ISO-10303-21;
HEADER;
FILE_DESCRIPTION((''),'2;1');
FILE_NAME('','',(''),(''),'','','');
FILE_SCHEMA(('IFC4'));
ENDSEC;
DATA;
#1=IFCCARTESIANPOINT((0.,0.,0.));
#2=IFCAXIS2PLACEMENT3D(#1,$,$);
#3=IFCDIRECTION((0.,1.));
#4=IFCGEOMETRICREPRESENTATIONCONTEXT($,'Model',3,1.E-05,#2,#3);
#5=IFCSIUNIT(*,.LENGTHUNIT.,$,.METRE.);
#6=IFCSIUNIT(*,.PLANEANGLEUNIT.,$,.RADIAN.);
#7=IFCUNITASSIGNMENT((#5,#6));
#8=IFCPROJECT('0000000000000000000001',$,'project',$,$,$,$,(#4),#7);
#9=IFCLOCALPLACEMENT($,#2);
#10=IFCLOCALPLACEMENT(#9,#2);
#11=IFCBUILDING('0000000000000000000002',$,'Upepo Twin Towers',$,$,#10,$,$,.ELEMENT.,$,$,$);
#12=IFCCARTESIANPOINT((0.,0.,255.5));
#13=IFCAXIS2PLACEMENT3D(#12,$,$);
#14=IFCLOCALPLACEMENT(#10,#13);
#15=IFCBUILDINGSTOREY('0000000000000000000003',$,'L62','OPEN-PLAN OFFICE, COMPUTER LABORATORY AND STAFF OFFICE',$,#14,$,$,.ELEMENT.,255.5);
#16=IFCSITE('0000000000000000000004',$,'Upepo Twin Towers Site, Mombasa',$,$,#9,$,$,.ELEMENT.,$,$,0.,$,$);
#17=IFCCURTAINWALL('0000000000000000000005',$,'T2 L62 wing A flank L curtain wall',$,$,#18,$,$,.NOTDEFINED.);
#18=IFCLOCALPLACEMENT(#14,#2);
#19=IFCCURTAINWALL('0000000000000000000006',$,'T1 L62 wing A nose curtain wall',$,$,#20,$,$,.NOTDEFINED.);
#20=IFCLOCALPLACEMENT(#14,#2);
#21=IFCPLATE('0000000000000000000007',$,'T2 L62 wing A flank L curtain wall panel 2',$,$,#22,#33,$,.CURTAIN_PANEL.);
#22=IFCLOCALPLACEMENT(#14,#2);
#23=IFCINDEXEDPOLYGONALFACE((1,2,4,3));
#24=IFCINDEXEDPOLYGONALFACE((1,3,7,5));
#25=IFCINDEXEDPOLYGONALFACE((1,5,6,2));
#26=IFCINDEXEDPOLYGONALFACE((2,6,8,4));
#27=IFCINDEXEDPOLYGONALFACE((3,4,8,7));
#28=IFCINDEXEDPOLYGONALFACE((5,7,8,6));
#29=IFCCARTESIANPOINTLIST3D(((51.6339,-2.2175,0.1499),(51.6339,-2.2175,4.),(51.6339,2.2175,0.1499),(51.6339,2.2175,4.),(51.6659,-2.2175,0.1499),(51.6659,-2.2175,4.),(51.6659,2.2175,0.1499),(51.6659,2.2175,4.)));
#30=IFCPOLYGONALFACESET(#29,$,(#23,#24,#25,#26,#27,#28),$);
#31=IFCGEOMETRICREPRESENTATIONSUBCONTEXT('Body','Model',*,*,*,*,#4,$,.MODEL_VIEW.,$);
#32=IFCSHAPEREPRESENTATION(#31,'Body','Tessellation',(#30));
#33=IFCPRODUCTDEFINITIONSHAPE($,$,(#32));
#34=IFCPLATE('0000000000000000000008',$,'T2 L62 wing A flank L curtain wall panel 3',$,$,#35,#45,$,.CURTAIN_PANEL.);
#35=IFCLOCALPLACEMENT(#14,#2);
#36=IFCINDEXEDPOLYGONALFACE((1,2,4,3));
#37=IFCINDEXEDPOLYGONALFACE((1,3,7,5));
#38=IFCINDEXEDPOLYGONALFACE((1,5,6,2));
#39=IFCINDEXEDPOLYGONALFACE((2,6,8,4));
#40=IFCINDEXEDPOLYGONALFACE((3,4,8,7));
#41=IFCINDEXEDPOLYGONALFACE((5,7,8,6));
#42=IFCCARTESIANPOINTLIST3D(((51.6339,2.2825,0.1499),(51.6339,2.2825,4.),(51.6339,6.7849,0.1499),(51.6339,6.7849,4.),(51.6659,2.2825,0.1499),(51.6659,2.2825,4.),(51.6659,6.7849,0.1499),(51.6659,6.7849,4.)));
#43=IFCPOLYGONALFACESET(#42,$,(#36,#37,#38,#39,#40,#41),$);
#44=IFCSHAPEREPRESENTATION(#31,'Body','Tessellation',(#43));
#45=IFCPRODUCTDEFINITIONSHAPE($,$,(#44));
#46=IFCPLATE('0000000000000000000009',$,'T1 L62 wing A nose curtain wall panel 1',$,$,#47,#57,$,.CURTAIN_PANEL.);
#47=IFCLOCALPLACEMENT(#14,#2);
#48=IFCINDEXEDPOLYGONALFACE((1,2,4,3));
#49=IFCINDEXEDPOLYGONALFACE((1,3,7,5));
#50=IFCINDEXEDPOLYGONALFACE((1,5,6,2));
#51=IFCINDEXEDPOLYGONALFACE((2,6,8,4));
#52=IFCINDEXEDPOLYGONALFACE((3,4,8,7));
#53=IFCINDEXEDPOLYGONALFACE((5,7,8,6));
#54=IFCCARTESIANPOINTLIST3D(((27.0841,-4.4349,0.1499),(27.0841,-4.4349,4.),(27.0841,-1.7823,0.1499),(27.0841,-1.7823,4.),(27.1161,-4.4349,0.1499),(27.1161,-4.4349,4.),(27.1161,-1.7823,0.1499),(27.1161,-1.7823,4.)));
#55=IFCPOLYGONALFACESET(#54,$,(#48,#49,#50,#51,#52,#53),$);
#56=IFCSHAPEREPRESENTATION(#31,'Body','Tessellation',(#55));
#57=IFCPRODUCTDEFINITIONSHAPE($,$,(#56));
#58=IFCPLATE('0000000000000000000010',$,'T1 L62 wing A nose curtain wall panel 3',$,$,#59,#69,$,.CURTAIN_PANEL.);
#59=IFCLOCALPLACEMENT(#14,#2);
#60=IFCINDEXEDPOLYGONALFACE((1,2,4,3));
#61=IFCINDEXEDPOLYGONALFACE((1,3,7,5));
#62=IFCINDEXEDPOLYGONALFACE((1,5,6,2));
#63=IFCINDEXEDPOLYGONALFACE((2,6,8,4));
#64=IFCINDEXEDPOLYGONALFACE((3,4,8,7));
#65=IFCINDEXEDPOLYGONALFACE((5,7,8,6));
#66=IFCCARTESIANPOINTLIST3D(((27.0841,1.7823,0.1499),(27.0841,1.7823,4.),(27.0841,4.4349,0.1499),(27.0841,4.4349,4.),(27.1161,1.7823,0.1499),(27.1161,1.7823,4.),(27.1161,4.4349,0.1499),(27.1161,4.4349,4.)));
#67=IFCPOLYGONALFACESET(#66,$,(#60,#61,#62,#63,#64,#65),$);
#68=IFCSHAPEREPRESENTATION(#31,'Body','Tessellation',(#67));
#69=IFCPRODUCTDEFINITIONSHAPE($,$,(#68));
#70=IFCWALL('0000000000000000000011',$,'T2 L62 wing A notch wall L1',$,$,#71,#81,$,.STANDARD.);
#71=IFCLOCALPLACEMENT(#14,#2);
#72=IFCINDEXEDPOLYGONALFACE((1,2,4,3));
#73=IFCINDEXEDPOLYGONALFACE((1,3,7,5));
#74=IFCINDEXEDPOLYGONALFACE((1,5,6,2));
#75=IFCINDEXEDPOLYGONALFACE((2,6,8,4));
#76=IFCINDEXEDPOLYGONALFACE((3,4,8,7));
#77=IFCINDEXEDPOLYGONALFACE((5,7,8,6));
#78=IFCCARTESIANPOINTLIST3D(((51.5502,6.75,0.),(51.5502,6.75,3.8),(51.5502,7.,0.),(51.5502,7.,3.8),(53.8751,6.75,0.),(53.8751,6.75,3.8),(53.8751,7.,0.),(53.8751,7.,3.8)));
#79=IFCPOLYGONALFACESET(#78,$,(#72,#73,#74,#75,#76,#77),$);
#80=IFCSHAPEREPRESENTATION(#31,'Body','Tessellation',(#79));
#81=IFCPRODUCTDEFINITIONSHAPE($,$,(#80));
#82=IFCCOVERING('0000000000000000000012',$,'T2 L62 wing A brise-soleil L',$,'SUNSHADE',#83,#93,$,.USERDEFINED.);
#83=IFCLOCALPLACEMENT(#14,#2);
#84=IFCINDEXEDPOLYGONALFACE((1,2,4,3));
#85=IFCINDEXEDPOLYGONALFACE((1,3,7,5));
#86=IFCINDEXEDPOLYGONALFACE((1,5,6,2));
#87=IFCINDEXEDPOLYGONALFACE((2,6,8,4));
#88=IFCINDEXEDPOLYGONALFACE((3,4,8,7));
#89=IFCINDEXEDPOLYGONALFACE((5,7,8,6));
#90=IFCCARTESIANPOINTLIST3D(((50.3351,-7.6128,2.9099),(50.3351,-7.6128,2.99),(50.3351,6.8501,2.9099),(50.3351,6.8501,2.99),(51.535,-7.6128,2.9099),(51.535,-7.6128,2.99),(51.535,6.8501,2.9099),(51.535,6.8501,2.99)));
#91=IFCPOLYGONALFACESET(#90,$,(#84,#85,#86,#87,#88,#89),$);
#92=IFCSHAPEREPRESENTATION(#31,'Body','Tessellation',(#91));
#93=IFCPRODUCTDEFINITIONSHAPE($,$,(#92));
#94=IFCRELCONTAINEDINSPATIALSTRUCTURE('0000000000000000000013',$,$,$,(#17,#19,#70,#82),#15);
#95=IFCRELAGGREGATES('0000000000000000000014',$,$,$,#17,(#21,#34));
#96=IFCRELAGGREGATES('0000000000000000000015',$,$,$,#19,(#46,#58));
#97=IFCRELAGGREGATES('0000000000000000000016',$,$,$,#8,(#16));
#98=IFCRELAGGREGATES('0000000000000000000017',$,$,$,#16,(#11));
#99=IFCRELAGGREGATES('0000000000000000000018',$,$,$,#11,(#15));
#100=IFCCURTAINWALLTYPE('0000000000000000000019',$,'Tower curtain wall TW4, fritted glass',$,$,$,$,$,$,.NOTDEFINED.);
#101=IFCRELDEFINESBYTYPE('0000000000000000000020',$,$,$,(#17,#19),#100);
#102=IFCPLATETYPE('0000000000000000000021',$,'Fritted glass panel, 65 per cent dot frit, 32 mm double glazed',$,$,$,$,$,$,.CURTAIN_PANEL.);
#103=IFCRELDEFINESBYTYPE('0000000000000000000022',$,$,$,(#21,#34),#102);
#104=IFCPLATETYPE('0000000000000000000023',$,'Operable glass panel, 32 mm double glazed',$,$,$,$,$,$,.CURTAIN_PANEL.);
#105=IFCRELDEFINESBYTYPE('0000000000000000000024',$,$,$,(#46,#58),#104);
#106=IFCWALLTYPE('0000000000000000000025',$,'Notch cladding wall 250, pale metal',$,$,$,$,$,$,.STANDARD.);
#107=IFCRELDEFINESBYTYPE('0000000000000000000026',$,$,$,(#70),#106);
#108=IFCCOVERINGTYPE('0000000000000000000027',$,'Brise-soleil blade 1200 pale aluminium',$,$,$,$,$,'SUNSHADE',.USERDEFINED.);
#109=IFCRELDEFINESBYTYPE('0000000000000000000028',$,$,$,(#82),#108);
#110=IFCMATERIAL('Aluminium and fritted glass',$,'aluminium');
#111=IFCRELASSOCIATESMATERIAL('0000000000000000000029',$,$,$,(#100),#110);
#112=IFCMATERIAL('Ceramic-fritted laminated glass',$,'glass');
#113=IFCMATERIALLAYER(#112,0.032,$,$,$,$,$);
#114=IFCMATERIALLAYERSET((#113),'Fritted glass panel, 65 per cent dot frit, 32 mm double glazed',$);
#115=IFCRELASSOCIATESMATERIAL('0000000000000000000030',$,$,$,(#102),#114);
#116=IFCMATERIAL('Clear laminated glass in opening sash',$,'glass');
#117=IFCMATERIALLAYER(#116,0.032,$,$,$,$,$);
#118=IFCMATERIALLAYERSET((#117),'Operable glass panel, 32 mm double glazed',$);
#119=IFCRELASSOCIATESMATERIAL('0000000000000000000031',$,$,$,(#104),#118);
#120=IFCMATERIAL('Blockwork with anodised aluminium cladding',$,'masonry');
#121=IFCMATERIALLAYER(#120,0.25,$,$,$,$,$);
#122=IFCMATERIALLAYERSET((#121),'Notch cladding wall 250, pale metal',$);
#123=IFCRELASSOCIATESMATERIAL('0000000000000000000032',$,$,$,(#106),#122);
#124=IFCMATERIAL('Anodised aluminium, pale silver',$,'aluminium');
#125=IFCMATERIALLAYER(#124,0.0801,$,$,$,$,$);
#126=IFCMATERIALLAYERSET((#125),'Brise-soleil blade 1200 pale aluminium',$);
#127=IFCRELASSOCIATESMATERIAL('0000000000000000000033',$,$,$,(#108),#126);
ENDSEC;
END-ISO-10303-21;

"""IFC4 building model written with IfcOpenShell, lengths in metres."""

from ifc_helpers import new_model, si_unit, direction, frame, frame_2d, origin, origin_2d, place, context, subcontext, project, spatial, rectangle, extrude, material, layer, layer_set, type_object, element, aggregate, save


model = new_model("IFC4")

# Units and contexts
model_context = context("Model", 3, precision=1e-05, world=origin(), true_north=direction((0.0, 1.0)))
body_context = subcontext(model_context, "Body", "Model", "MODEL_VIEW")
ifc_project = project(units=[si_unit("LENGTHUNIT", "METRE"), si_unit("PLANEANGLEUNIT", "RADIAN")], contexts=[model_context])

# Site, building, storey
site_placement = place(None, origin())
site = spatial("IfcSite", under=ifc_project, at=site_placement, Name="Upepo Twin Towers Site, Mombasa", CompositionType="ELEMENT", RefElevation=0.0)
building_placement = place(site_placement, origin())
building = spatial("IfcBuilding", under=site, at=building_placement, Name="Upepo Twin Towers", CompositionType="ELEMENT")
storey_placement = place(building_placement, frame((0.0, 0.0, 255.5)))
storey = spatial("IfcBuildingStorey", under=building, at=storey_placement, Name="L62", Description="OPEN-PLAN OFFICE, COMPUTER LABORATORY AND STAFF OFFICE", CompositionType="ELEMENT", Elevation=255.5)

# Curtain walls
ifc_material_1 = material(Name="Aluminium and fritted glass", Category="aluminium")
curtain_wall_type = type_object("IfcCurtainWallType", Name="Tower curtain wall TW4, fritted glass", PredefinedType="NOTDEFINED", material=ifc_material_1)
curtain_wall_1_placement = place(storey_placement, origin())
curtain_wall_1 = element("IfcCurtainWall", 1, at=curtain_wall_1_placement, inside=storey, type_object=curtain_wall_type, Name="T2 L62 wing A flank L curtain wall", PredefinedType="NOTDEFINED")
curtain_wall_2_placement = place(storey_placement, origin())
curtain_wall_2 = element("IfcCurtainWall", 2, at=curtain_wall_2_placement, inside=storey, type_object=curtain_wall_type, Name="T1 L62 wing A nose curtain wall", PredefinedType="NOTDEFINED")

# Plates
ifc_material_2 = material(Name="Ceramic-fritted laminated glass", Category="glass")
ifc_layer_1 = layer(ifc_material_2, 0.032)
ifc_layer_set_1 = layer_set([ifc_layer_1], Name="Fritted glass panel, 65 per cent dot frit, 32 mm double glazed")
plate_type_1 = type_object("IfcPlateType", Name="Fritted glass panel, 65 per cent dot frit, 32 mm double glazed", PredefinedType="CURTAIN_PANEL", material=ifc_layer_set_1)
plate_1_placement = place(storey_placement, frame((51.6499, 0.0, 0.1499), z_axis=(0.0, 0.0, 1.0), x_axis=(0.0, 1.0, 0.0)))
plate_1 = element("IfcPlate", 3, at=plate_1_placement, type_object=plate_type_1, Name="T2 L62 wing A flank L curtain wall panel 2", PredefinedType="CURTAIN_PANEL", context=body_context, shape_type="SweptSolid", body=[
    extrude(rectangle(XDim=4.4351, YDim=0.032, at=origin_2d()), origin(), (0.0, 0.0, 1.0), 3.8501),
])
plate_2_placement = place(storey_placement, frame((51.6499, 4.5337, 0.1499), z_axis=(0.0, 0.0, 1.0), x_axis=(0.0, 1.0, 0.0)))
plate_2 = element("IfcPlate", 4, at=plate_2_placement, type_object=plate_type_1, Name="T2 L62 wing A flank L curtain wall panel 3", PredefinedType="CURTAIN_PANEL", context=body_context, shape_type="SweptSolid", body=[
    extrude(rectangle(XDim=4.5024, YDim=0.032, at=origin_2d()), origin(), (0.0, 0.0, 1.0), 3.8501),
])
aggregate(curtain_wall_1, [plate_1, plate_2])
ifc_material_3 = material(Name="Clear laminated glass in opening sash", Category="glass")
ifc_layer_2 = layer(ifc_material_3, 0.032)
ifc_layer_set_2 = layer_set([ifc_layer_2], Name="Operable glass panel, 32 mm double glazed")
plate_type_2 = type_object("IfcPlateType", Name="Operable glass panel, 32 mm double glazed", PredefinedType="CURTAIN_PANEL", material=ifc_layer_set_2)
plate_3_placement = place(storey_placement, frame((27.1001, -3.1086, 0.1499), z_axis=(0.0, 0.0, 1.0), x_axis=(0.0, 1.0, 0.0)))
plate_3 = element("IfcPlate", 5, at=plate_3_placement, type_object=plate_type_2, Name="T1 L62 wing A nose curtain wall panel 1", PredefinedType="CURTAIN_PANEL", context=body_context, shape_type="SweptSolid", body=[
    extrude(rectangle(XDim=2.6526, YDim=0.032, at=origin_2d()), origin(), (0.0, 0.0, 1.0), 3.8501),
])
plate_4_placement = place(storey_placement, frame((27.1001, 3.1086, 0.1499), z_axis=(0.0, 0.0, 1.0), x_axis=(0.0, 1.0, 0.0)))
plate_4 = element("IfcPlate", 6, at=plate_4_placement, type_object=plate_type_2, Name="T1 L62 wing A nose curtain wall panel 3", PredefinedType="CURTAIN_PANEL", context=body_context, shape_type="SweptSolid", body=[
    extrude(rectangle(XDim=2.6526, YDim=0.032, at=origin_2d()), origin(), (0.0, 0.0, 1.0), 3.8501),
])
aggregate(curtain_wall_2, [plate_3, plate_4])

# Wall
ifc_material_4 = material(Name="Blockwork with anodised aluminium cladding", Category="masonry")
ifc_layer_3 = layer(ifc_material_4, 0.25)
ifc_layer_set_3 = layer_set([ifc_layer_3], Name="Notch cladding wall 250, pale metal")
wall_type = type_object("IfcWallType", Name="Notch cladding wall 250, pale metal", PredefinedType="STANDARD", material=ifc_layer_set_3)
wall_placement = place(storey_placement, frame((51.55, 6.875, 0.0), z_axis=(0.0, 0.0, 1.0), x_axis=(1.0, 0.0, 0.0)))
element("IfcWall", 7, at=wall_placement, inside=storey, type_object=wall_type, Name="T2 L62 wing A notch wall L1", PredefinedType="STANDARD", context=body_context, shape_type="SweptSolid", body=[
    extrude(rectangle(XDim=2.325, YDim=0.25, at=frame_2d((1.1626, 0.0))), origin(), (0.0, 0.0, 1.0), 3.8),
])

# Covering
ifc_material_5 = material(Name="Anodised aluminium, pale silver", Category="aluminium")
ifc_layer_4 = layer(ifc_material_5, 0.0801)
ifc_layer_set_4 = layer_set([ifc_layer_4], Name="Brise-soleil blade 1200 pale aluminium")
covering_type = type_object("IfcCoveringType", Name="Brise-soleil blade 1200 pale aluminium", ElementType="SUNSHADE", PredefinedType="USERDEFINED", material=ifc_layer_set_4)
covering_placement = place(storey_placement, frame((50.9351, -0.3813, 2.9099), z_axis=(0.0, 0.0, 1.0), x_axis=(0.0, 1.0, 0.0)))
element("IfcCovering", 8, at=covering_placement, inside=storey, type_object=covering_type, Name="T2 L62 wing A brise-soleil L", ObjectType="SUNSHADE", PredefinedType="USERDEFINED", context=body_context, shape_type="SweptSolid", body=[
    extrude(rectangle(XDim=14.4629, YDim=1.2, at=origin_2d()), origin(), (0.0, 0.0, 1.0), 0.0801),
])

save(model, "model.ifc")
